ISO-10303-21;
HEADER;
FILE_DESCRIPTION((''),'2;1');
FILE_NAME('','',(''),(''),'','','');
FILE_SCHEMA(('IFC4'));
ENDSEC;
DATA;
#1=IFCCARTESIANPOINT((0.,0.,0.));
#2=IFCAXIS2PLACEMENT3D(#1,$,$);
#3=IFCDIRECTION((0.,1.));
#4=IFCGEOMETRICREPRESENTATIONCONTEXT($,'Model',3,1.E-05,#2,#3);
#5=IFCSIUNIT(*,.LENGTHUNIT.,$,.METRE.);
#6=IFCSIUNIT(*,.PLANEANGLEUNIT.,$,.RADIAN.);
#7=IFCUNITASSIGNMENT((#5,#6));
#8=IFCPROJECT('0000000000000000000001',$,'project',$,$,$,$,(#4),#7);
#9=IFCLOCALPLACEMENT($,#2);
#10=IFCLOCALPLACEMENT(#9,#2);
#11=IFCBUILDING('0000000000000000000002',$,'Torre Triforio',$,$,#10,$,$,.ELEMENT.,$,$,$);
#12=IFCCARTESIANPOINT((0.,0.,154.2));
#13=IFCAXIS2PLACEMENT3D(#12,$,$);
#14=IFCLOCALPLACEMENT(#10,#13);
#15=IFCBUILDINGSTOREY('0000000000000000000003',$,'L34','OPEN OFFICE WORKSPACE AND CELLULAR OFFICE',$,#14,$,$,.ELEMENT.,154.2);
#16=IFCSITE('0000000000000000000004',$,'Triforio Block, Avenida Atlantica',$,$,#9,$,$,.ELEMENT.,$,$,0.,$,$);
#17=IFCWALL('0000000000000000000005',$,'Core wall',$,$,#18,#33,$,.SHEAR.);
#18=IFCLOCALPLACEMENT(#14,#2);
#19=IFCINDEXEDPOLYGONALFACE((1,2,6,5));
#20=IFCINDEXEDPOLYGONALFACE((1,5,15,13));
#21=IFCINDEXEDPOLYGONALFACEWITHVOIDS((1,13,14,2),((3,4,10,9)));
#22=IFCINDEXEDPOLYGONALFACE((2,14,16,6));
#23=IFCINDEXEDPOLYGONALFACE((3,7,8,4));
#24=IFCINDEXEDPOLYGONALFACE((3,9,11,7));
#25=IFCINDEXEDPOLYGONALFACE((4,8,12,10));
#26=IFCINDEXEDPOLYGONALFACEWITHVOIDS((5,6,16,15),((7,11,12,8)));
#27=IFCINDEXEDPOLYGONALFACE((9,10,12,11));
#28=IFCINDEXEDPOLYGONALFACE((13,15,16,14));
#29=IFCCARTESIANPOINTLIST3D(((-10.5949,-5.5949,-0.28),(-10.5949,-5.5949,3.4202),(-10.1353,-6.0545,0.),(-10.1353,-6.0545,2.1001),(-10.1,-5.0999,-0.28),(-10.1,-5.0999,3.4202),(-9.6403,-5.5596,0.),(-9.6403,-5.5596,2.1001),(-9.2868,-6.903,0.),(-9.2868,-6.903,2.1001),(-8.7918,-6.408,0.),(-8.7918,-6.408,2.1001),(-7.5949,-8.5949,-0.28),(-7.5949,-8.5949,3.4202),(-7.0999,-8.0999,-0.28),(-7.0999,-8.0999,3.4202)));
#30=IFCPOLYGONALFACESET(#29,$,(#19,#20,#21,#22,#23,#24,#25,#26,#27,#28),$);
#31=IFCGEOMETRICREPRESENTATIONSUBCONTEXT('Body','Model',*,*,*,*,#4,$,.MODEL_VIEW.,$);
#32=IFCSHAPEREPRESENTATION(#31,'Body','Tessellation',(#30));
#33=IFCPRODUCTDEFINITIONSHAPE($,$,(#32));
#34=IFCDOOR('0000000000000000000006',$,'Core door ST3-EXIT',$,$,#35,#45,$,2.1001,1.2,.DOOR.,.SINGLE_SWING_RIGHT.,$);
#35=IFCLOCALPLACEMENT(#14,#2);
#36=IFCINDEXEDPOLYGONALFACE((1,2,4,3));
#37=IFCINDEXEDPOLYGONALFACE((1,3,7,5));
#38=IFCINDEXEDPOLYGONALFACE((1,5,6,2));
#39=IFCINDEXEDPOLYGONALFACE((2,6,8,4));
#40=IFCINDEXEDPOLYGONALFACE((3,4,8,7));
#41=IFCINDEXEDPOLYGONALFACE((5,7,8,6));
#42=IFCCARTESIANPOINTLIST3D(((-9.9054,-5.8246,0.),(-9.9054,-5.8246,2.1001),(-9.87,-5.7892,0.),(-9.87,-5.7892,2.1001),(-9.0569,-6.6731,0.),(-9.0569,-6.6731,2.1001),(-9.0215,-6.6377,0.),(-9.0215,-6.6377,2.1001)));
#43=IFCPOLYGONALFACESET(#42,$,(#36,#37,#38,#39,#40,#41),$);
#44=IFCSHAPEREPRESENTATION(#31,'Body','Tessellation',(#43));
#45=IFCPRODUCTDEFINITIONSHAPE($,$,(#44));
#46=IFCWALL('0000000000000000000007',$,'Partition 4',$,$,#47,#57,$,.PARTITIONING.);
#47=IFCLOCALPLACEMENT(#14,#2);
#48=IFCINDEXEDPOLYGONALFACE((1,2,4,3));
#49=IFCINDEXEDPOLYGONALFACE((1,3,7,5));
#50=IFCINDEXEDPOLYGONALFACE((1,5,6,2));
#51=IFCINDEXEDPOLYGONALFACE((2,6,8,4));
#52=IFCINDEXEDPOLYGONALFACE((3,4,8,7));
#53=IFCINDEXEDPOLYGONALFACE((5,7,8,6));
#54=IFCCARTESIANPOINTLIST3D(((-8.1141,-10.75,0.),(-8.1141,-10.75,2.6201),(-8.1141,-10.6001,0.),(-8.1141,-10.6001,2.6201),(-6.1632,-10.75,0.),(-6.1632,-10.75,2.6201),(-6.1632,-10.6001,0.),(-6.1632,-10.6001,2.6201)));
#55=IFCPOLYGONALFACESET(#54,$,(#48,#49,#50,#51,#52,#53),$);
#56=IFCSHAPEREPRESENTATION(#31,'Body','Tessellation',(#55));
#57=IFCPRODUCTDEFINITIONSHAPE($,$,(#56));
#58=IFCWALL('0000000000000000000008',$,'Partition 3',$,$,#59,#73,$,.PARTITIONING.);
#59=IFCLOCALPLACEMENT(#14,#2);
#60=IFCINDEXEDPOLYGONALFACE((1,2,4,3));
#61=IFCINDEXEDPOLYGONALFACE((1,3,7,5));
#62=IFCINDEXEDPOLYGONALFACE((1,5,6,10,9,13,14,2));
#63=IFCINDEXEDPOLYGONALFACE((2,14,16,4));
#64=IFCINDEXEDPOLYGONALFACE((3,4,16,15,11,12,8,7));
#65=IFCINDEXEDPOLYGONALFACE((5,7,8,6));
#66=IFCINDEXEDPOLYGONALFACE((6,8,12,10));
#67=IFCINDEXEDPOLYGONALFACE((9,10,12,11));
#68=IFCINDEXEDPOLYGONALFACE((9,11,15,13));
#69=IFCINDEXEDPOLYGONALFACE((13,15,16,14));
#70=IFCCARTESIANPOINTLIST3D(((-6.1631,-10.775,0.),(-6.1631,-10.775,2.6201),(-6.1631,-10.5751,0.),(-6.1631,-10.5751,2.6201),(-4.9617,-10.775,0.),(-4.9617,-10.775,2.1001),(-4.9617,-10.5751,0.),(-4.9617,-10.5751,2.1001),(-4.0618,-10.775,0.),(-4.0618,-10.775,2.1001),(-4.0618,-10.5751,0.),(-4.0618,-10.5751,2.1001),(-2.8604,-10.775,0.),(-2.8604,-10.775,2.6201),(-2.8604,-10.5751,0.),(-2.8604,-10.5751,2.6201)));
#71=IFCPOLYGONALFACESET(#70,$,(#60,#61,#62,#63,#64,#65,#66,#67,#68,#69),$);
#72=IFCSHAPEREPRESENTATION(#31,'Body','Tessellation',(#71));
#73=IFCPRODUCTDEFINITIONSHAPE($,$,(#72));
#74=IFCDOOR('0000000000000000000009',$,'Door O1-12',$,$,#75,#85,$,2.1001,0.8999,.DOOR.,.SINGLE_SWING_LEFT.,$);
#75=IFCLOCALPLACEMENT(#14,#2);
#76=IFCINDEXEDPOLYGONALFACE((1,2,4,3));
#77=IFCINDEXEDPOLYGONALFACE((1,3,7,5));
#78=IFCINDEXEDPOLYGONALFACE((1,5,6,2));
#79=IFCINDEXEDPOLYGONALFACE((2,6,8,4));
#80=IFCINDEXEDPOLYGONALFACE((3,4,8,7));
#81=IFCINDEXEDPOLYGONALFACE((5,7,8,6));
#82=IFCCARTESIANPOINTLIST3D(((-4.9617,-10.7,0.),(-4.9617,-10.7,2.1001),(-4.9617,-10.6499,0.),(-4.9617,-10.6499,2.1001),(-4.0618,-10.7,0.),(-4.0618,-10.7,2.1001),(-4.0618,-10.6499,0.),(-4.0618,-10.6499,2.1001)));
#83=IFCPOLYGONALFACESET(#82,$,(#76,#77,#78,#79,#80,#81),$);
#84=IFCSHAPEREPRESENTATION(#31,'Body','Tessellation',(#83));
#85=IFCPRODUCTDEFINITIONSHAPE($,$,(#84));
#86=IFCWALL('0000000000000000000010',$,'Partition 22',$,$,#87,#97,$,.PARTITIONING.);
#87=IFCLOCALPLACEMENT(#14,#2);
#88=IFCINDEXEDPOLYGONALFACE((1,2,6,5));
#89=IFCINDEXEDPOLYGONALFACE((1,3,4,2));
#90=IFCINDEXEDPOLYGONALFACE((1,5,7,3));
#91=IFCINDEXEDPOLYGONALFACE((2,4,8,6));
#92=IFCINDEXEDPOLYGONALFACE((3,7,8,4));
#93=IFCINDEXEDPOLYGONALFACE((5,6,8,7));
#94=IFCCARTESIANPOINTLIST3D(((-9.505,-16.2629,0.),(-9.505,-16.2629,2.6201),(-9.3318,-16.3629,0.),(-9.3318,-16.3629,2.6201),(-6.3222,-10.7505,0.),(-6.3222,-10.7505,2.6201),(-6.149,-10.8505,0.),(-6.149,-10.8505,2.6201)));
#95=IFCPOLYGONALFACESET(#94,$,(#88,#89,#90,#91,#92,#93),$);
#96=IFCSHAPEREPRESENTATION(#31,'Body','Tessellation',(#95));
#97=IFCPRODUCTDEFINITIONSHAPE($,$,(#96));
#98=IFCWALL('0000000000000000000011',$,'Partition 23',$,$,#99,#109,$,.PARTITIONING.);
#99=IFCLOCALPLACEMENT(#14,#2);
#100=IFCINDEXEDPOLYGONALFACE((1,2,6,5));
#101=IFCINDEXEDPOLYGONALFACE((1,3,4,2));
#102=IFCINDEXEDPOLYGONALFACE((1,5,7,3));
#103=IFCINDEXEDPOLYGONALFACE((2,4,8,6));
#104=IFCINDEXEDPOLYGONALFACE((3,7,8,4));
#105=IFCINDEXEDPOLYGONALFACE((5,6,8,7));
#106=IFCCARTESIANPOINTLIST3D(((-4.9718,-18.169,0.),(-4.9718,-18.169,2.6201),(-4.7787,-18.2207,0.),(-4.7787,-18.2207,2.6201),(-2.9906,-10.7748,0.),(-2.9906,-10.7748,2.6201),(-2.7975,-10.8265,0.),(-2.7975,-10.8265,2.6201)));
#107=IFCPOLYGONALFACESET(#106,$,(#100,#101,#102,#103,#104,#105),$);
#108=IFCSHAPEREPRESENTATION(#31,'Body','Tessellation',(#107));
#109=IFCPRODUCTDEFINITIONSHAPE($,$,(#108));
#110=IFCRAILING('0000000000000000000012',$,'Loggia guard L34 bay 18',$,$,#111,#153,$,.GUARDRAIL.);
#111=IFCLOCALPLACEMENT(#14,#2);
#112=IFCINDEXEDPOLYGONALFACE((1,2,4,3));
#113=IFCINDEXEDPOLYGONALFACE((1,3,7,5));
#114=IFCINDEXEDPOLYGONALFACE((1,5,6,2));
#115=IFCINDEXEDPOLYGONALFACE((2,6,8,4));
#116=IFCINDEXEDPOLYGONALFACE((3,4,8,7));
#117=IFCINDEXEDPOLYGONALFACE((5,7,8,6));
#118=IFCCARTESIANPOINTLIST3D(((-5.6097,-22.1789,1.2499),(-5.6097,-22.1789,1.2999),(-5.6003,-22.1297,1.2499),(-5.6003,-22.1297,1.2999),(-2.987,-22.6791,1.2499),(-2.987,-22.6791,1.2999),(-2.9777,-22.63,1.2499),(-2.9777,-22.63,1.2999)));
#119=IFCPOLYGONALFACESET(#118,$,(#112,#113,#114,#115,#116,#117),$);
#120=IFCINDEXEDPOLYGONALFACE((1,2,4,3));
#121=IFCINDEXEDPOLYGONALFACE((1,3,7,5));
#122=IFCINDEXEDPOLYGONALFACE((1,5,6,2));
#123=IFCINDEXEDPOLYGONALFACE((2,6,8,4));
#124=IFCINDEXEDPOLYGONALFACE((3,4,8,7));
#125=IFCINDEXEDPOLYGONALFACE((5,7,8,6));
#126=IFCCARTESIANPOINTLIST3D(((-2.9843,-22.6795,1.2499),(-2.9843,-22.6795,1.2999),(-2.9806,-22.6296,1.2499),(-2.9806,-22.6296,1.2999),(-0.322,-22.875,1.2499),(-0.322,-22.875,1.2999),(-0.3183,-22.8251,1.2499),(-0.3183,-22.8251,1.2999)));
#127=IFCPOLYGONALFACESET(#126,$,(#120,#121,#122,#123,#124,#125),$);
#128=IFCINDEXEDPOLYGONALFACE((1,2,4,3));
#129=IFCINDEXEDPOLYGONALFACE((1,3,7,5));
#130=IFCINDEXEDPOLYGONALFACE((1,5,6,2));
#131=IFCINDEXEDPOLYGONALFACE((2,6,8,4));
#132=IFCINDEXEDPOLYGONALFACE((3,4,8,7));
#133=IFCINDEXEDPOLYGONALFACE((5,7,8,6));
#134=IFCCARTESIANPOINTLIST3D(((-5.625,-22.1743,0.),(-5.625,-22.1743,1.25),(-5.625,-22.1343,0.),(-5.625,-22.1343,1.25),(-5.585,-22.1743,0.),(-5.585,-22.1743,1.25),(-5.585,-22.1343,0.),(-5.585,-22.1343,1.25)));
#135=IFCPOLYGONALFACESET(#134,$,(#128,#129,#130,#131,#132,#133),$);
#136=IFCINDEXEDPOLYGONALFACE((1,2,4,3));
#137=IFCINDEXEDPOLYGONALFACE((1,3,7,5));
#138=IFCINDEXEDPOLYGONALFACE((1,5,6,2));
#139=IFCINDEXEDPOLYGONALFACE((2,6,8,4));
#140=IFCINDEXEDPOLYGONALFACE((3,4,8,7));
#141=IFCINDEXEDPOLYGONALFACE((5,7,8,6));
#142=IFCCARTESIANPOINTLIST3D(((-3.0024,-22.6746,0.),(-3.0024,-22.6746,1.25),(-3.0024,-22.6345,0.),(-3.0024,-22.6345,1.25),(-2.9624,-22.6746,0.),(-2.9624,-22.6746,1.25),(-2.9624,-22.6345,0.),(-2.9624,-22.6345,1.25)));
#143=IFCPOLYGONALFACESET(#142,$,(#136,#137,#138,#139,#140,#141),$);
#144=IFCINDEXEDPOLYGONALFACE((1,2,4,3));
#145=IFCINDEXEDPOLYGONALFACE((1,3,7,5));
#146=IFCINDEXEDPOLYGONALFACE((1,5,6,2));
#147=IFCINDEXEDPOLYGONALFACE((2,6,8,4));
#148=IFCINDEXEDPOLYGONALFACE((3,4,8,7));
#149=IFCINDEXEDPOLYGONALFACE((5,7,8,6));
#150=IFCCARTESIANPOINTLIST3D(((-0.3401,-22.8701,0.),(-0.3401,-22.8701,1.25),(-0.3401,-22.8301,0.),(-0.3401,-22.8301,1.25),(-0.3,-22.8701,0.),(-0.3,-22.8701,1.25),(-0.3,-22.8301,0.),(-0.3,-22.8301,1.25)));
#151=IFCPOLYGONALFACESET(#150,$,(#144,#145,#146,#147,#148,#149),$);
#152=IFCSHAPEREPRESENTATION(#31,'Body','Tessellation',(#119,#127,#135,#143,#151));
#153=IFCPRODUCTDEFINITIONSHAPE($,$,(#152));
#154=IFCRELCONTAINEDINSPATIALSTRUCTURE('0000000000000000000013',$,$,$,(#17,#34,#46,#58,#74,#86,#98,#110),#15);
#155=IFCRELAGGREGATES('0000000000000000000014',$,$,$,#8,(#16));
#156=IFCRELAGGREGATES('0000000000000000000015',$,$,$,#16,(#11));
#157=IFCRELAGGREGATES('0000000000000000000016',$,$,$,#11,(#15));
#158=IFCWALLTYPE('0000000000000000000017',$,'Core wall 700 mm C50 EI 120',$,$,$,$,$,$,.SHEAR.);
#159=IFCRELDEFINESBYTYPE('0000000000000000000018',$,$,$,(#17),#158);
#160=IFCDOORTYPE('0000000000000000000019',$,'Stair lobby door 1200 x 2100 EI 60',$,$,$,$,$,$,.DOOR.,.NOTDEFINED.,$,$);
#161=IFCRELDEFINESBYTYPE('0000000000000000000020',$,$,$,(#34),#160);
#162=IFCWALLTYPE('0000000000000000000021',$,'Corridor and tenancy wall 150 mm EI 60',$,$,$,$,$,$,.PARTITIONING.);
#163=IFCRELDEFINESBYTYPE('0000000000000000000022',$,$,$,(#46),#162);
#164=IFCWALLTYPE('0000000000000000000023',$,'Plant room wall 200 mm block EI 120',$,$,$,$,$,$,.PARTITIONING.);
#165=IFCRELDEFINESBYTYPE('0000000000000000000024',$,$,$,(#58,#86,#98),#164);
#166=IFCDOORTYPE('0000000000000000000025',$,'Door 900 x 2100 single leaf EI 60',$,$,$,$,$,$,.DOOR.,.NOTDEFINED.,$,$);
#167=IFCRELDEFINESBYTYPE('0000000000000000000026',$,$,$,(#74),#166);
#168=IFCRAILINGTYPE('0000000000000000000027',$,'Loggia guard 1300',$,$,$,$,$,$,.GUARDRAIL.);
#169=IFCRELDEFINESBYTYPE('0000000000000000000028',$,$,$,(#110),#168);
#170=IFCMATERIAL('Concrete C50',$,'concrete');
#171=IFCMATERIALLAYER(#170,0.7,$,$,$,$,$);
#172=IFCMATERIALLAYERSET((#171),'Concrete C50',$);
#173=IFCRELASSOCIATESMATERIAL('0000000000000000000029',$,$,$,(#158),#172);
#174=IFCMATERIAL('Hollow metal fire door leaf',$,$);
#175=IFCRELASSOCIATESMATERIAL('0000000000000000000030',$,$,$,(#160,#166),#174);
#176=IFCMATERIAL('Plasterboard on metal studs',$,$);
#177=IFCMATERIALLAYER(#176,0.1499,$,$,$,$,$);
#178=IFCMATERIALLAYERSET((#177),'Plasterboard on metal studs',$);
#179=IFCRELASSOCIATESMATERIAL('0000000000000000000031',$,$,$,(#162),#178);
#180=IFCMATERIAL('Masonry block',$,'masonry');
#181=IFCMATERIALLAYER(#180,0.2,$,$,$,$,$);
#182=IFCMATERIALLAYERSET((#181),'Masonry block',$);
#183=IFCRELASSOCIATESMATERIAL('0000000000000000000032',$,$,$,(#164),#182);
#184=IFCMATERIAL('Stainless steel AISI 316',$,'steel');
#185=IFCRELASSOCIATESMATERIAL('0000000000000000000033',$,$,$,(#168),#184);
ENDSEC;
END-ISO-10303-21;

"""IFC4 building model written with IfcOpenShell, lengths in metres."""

from ifc_helpers import new_model, si_unit, direction, frame, frame_2d, origin, origin_2d, place, context, subcontext, project, spatial, rectangle, extrude, material, layer, layer_set, type_object, element, fill, save


model = new_model("IFC4")

# Units and contexts
model_context = context("Model", 3, precision=1e-05, world=origin(), true_north=direction((0.0, 1.0)))
body_context = subcontext(model_context, "Body", "Model", "MODEL_VIEW")
ifc_project = project(units=[si_unit("LENGTHUNIT", "METRE"), si_unit("PLANEANGLEUNIT", "RADIAN")], contexts=[model_context])

# Site, building, storey
site_placement = place(None, origin())
site = spatial("IfcSite", under=ifc_project, at=site_placement, Name="Triforio Block, Avenida Atlantica", CompositionType="ELEMENT", RefElevation=0.0)
building_placement = place(site_placement, origin())
building = spatial("IfcBuilding", under=site, at=building_placement, Name="Torre Triforio", CompositionType="ELEMENT")
storey_placement = place(building_placement, frame((0.0, 0.0, 154.2)))
storey = spatial("IfcBuildingStorey", under=building, at=storey_placement, Name="L34", Description="OPEN OFFICE WORKSPACE AND CELLULAR OFFICE", CompositionType="ELEMENT", Elevation=154.2)

# Shared definitions
ifc_material_1 = material(Name="Concrete C50", Category="concrete")

# Shared definitions
ifc_layer_1 = layer(ifc_material_1, 0.7)
ifc_layer_set_1 = layer_set([ifc_layer_1], Name="Concrete C50")
wall_type_1 = type_object("IfcWallType", Name="Core wall 700 mm C50 EI 120", PredefinedType="SHEAR", material=ifc_layer_set_1)
ifc_material_2 = material(Name="Hollow metal fire door leaf")

# Wall, opening, door
wall_1_placement = place(storey_placement, frame((-7.3474, -8.3474, -0.28), z_axis=(0.0, 0.0, 1.0), x_axis=(-0.707107, 0.707107, 0.0)))
wall_1 = element("IfcWall", 1, at=wall_1_placement, inside=storey, type_object=wall_type_1, Name="Core wall", PredefinedType="SHEAR", context=body_context, shape_type="SweptSolid", body=[
    extrude(rectangle(XDim=4.2427, YDim=0.7, at=frame_2d((2.1213, 0.0))), origin(), (0.0, 0.0, 1.0), 3.7002),
])
opening_1_placement = place(wall_1_placement, frame((2.3926, 0.0, 0.28)))
opening_1 = element("IfcOpeningElement", 2, at=opening_1_placement, cuts=wall_1, PredefinedType="OPENING", context=body_context, shape_type="SweptSolid", body=[
    extrude(rectangle(XDim=1.2, YDim=2.1001, at=frame_2d((0.6001, 1.05))), frame((0.0, 0.3599, 0.0), z_axis=(0.0, -1.0, 0.0), x_axis=(1.0, 0.0, 0.0)), (0.0, 0.0, 1.0), 0.72),
])
door_type_1 = type_object("IfcDoorType", Name="Stair lobby door 1200 x 2100 EI 60", OperationType="NOTDEFINED", PredefinedType="DOOR", material=ifc_material_2)
door_1_placement = place(opening_1_placement, origin())
door_1 = element("IfcDoor", 3, at=door_1_placement, inside=storey, type_object=door_type_1, Name="Core door ST3-EXIT", OperationType="SINGLE_SWING_RIGHT", OverallHeight=2.1001, OverallWidth=1.2, PredefinedType="DOOR", context=body_context, shape_type="SweptSolid", body=[
    extrude(rectangle(XDim=1.2, YDim=2.1001, at=frame_2d((0.6001, 1.05))), frame((0.0, 0.0249, 0.0), z_axis=(0.0, -1.0, 0.0), x_axis=(1.0, 0.0, 0.0)), (0.0, 0.0, 1.0), 0.05),
])
fill(opening_1, door_1)

# Wall
ifc_material_3 = material(Name="Plasterboard on metal studs")
ifc_layer_2 = layer(ifc_material_3, 0.1499)
ifc_layer_set_2 = layer_set([ifc_layer_2], Name="Plasterboard on metal studs")
wall_type_2 = type_object("IfcWallType", Name="Corridor and tenancy wall 150 mm EI 60", PredefinedType="PARTITIONING", material=ifc_layer_set_2)
wall_2_placement = place(storey_placement, frame((-6.1631, -10.675, 0.0), z_axis=(0.0, 0.0, 1.0), x_axis=(-1.0, 0.0, 0.0)))
element("IfcWall", 4, at=wall_2_placement, inside=storey, type_object=wall_type_2, Name="Partition 4", PredefinedType="PARTITIONING", context=body_context, shape_type="SweptSolid", body=[
    extrude(rectangle(XDim=1.9509, YDim=0.1499, at=frame_2d((0.9756, 0.0))), origin(), (0.0, 0.0, 1.0), 2.6201),
])

# Wall, opening, door
ifc_material_4 = material(Name="Masonry block", Category="masonry")
ifc_layer_3 = layer(ifc_material_4, 0.2)
ifc_layer_set_3 = layer_set([ifc_layer_3], Name="Masonry block")
wall_type_3 = type_object("IfcWallType", Name="Plant room wall 200 mm block EI 120", PredefinedType="PARTITIONING", material=ifc_layer_set_3)
wall_3_placement = place(storey_placement, frame((-2.8604, -10.675, 0.0), z_axis=(0.0, 0.0, 1.0), x_axis=(-1.0, 0.0, 0.0)))
wall_3 = element("IfcWall", 5, at=wall_3_placement, inside=storey, type_object=wall_type_3, Name="Partition 3", PredefinedType="PARTITIONING", context=body_context, shape_type="SweptSolid", body=[
    extrude(rectangle(XDim=3.3027, YDim=0.2, at=frame_2d((1.6514, 0.0))), origin(), (0.0, 0.0, 1.0), 2.6201),
])
opening_2_placement = place(wall_3_placement, frame((1.2014, 0.0, 0.0)))
opening_2 = element("IfcOpeningElement", 6, at=opening_2_placement, cuts=wall_3, PredefinedType="OPENING", context=body_context, shape_type="SweptSolid", body=[
    extrude(rectangle(XDim=0.8999, YDim=2.1001, at=frame_2d((0.45, 1.05))), frame((0.0, 0.1099, 0.0), z_axis=(0.0, -1.0, 0.0), x_axis=(1.0, 0.0, 0.0)), (0.0, 0.0, 1.0), 0.22),
])
door_type_2 = type_object("IfcDoorType", Name="Door 900 x 2100 single leaf EI 60", OperationType="NOTDEFINED", PredefinedType="DOOR", material=ifc_material_2)
door_2_placement = place(opening_2_placement, origin())
door_2 = element("IfcDoor", 7, at=door_2_placement, inside=storey, type_object=door_type_2, Name="Door O1-12", OperationType="SINGLE_SWING_LEFT", OverallHeight=2.1001, OverallWidth=0.8999, PredefinedType="DOOR", context=body_context, shape_type="SweptSolid", body=[
    extrude(rectangle(XDim=0.8999, YDim=2.1001, at=frame_2d((0.45, 1.05))), frame((0.0, 0.0249, 0.0), z_axis=(0.0, -1.0, 0.0), x_axis=(1.0, 0.0, 0.0)), (0.0, 0.0, 1.0), 0.05),
])
fill(opening_2, door_2)

# Walls
wall_4_placement = place(storey_placement, frame((-6.2356, -10.8005, 0.0), z_axis=(0.0, 0.0, 1.0), x_axis=(-0.500029, -0.866009, 0.0)))
element("IfcWall", 8, at=wall_4_placement, inside=storey, type_object=wall_type_3, Name="Partition 22", PredefinedType="PARTITIONING", context=body_context, shape_type="SweptSolid", body=[
    extrude(rectangle(XDim=6.3652, YDim=0.2, at=frame_2d((3.1826, 0.0))), origin(), (0.0, 0.0, 1.0), 2.6201),
])
wall_5_placement = place(storey_placement, frame((-2.894, -10.8005, 0.0), z_axis=(0.0, 0.0, 1.0), x_axis=(-0.258808, -0.965929, 0.0)))
element("IfcWall", 9, at=wall_5_placement, inside=storey, type_object=wall_type_3, Name="Partition 23", PredefinedType="PARTITIONING", context=body_context, shape_type="SweptSolid", body=[
    extrude(rectangle(XDim=7.655, YDim=0.2, at=frame_2d((3.8276, 0.0))), origin(), (0.0, 0.0, 1.0), 2.6201),
])

# Railing
ifc_material_5 = material(Name="Stainless steel AISI 316", Category="steel")
railing_type = type_object("IfcRailingType", Name="Loggia guard 1300", PredefinedType="GUARDRAIL", material=ifc_material_5)
railing_placement = place(storey_placement, frame((-5.605, -22.1543, 0.0)))
element("IfcRailing", 10, at=railing_placement, inside=storey, type_object=railing_type, Name="Loggia guard L34 bay 18", PredefinedType="GUARDRAIL", context=body_context, shape_type="SweptSolid", body=[
    extrude(rectangle(XDim=0.05, YDim=0.05, at=origin_2d()), frame((0.0, 0.0, 1.2749), z_axis=(0.98229, -0.187368, 0.0), x_axis=(0.187368, 0.98229, 0.0)), (0.0, 0.0, 1.0), 2.6699),
    extrude(rectangle(XDim=0.05, YDim=0.05, at=origin_2d()), frame((2.6226, -0.5002, 1.2749), z_axis=(0.997313, -0.073255, 0.0), x_axis=(0.073255, 0.997313, 0.0)), (0.0, 0.0, 1.0), 2.6694),
    extrude(rectangle(XDim=0.04, YDim=0.04, at=origin_2d()), origin(), (0.0, 0.0, 1.0), 1.25),
    extrude(rectangle(XDim=0.04, YDim=0.04, at=origin_2d()), frame((2.6226, -0.5002, 0.0)), (0.0, 0.0, 1.0), 1.25),
    extrude(rectangle(XDim=0.04, YDim=0.04, at=origin_2d()), frame((5.2849, -0.6958, 0.0)), (0.0, 0.0, 1.0), 1.25),
])

save(model, "model.ifc")
